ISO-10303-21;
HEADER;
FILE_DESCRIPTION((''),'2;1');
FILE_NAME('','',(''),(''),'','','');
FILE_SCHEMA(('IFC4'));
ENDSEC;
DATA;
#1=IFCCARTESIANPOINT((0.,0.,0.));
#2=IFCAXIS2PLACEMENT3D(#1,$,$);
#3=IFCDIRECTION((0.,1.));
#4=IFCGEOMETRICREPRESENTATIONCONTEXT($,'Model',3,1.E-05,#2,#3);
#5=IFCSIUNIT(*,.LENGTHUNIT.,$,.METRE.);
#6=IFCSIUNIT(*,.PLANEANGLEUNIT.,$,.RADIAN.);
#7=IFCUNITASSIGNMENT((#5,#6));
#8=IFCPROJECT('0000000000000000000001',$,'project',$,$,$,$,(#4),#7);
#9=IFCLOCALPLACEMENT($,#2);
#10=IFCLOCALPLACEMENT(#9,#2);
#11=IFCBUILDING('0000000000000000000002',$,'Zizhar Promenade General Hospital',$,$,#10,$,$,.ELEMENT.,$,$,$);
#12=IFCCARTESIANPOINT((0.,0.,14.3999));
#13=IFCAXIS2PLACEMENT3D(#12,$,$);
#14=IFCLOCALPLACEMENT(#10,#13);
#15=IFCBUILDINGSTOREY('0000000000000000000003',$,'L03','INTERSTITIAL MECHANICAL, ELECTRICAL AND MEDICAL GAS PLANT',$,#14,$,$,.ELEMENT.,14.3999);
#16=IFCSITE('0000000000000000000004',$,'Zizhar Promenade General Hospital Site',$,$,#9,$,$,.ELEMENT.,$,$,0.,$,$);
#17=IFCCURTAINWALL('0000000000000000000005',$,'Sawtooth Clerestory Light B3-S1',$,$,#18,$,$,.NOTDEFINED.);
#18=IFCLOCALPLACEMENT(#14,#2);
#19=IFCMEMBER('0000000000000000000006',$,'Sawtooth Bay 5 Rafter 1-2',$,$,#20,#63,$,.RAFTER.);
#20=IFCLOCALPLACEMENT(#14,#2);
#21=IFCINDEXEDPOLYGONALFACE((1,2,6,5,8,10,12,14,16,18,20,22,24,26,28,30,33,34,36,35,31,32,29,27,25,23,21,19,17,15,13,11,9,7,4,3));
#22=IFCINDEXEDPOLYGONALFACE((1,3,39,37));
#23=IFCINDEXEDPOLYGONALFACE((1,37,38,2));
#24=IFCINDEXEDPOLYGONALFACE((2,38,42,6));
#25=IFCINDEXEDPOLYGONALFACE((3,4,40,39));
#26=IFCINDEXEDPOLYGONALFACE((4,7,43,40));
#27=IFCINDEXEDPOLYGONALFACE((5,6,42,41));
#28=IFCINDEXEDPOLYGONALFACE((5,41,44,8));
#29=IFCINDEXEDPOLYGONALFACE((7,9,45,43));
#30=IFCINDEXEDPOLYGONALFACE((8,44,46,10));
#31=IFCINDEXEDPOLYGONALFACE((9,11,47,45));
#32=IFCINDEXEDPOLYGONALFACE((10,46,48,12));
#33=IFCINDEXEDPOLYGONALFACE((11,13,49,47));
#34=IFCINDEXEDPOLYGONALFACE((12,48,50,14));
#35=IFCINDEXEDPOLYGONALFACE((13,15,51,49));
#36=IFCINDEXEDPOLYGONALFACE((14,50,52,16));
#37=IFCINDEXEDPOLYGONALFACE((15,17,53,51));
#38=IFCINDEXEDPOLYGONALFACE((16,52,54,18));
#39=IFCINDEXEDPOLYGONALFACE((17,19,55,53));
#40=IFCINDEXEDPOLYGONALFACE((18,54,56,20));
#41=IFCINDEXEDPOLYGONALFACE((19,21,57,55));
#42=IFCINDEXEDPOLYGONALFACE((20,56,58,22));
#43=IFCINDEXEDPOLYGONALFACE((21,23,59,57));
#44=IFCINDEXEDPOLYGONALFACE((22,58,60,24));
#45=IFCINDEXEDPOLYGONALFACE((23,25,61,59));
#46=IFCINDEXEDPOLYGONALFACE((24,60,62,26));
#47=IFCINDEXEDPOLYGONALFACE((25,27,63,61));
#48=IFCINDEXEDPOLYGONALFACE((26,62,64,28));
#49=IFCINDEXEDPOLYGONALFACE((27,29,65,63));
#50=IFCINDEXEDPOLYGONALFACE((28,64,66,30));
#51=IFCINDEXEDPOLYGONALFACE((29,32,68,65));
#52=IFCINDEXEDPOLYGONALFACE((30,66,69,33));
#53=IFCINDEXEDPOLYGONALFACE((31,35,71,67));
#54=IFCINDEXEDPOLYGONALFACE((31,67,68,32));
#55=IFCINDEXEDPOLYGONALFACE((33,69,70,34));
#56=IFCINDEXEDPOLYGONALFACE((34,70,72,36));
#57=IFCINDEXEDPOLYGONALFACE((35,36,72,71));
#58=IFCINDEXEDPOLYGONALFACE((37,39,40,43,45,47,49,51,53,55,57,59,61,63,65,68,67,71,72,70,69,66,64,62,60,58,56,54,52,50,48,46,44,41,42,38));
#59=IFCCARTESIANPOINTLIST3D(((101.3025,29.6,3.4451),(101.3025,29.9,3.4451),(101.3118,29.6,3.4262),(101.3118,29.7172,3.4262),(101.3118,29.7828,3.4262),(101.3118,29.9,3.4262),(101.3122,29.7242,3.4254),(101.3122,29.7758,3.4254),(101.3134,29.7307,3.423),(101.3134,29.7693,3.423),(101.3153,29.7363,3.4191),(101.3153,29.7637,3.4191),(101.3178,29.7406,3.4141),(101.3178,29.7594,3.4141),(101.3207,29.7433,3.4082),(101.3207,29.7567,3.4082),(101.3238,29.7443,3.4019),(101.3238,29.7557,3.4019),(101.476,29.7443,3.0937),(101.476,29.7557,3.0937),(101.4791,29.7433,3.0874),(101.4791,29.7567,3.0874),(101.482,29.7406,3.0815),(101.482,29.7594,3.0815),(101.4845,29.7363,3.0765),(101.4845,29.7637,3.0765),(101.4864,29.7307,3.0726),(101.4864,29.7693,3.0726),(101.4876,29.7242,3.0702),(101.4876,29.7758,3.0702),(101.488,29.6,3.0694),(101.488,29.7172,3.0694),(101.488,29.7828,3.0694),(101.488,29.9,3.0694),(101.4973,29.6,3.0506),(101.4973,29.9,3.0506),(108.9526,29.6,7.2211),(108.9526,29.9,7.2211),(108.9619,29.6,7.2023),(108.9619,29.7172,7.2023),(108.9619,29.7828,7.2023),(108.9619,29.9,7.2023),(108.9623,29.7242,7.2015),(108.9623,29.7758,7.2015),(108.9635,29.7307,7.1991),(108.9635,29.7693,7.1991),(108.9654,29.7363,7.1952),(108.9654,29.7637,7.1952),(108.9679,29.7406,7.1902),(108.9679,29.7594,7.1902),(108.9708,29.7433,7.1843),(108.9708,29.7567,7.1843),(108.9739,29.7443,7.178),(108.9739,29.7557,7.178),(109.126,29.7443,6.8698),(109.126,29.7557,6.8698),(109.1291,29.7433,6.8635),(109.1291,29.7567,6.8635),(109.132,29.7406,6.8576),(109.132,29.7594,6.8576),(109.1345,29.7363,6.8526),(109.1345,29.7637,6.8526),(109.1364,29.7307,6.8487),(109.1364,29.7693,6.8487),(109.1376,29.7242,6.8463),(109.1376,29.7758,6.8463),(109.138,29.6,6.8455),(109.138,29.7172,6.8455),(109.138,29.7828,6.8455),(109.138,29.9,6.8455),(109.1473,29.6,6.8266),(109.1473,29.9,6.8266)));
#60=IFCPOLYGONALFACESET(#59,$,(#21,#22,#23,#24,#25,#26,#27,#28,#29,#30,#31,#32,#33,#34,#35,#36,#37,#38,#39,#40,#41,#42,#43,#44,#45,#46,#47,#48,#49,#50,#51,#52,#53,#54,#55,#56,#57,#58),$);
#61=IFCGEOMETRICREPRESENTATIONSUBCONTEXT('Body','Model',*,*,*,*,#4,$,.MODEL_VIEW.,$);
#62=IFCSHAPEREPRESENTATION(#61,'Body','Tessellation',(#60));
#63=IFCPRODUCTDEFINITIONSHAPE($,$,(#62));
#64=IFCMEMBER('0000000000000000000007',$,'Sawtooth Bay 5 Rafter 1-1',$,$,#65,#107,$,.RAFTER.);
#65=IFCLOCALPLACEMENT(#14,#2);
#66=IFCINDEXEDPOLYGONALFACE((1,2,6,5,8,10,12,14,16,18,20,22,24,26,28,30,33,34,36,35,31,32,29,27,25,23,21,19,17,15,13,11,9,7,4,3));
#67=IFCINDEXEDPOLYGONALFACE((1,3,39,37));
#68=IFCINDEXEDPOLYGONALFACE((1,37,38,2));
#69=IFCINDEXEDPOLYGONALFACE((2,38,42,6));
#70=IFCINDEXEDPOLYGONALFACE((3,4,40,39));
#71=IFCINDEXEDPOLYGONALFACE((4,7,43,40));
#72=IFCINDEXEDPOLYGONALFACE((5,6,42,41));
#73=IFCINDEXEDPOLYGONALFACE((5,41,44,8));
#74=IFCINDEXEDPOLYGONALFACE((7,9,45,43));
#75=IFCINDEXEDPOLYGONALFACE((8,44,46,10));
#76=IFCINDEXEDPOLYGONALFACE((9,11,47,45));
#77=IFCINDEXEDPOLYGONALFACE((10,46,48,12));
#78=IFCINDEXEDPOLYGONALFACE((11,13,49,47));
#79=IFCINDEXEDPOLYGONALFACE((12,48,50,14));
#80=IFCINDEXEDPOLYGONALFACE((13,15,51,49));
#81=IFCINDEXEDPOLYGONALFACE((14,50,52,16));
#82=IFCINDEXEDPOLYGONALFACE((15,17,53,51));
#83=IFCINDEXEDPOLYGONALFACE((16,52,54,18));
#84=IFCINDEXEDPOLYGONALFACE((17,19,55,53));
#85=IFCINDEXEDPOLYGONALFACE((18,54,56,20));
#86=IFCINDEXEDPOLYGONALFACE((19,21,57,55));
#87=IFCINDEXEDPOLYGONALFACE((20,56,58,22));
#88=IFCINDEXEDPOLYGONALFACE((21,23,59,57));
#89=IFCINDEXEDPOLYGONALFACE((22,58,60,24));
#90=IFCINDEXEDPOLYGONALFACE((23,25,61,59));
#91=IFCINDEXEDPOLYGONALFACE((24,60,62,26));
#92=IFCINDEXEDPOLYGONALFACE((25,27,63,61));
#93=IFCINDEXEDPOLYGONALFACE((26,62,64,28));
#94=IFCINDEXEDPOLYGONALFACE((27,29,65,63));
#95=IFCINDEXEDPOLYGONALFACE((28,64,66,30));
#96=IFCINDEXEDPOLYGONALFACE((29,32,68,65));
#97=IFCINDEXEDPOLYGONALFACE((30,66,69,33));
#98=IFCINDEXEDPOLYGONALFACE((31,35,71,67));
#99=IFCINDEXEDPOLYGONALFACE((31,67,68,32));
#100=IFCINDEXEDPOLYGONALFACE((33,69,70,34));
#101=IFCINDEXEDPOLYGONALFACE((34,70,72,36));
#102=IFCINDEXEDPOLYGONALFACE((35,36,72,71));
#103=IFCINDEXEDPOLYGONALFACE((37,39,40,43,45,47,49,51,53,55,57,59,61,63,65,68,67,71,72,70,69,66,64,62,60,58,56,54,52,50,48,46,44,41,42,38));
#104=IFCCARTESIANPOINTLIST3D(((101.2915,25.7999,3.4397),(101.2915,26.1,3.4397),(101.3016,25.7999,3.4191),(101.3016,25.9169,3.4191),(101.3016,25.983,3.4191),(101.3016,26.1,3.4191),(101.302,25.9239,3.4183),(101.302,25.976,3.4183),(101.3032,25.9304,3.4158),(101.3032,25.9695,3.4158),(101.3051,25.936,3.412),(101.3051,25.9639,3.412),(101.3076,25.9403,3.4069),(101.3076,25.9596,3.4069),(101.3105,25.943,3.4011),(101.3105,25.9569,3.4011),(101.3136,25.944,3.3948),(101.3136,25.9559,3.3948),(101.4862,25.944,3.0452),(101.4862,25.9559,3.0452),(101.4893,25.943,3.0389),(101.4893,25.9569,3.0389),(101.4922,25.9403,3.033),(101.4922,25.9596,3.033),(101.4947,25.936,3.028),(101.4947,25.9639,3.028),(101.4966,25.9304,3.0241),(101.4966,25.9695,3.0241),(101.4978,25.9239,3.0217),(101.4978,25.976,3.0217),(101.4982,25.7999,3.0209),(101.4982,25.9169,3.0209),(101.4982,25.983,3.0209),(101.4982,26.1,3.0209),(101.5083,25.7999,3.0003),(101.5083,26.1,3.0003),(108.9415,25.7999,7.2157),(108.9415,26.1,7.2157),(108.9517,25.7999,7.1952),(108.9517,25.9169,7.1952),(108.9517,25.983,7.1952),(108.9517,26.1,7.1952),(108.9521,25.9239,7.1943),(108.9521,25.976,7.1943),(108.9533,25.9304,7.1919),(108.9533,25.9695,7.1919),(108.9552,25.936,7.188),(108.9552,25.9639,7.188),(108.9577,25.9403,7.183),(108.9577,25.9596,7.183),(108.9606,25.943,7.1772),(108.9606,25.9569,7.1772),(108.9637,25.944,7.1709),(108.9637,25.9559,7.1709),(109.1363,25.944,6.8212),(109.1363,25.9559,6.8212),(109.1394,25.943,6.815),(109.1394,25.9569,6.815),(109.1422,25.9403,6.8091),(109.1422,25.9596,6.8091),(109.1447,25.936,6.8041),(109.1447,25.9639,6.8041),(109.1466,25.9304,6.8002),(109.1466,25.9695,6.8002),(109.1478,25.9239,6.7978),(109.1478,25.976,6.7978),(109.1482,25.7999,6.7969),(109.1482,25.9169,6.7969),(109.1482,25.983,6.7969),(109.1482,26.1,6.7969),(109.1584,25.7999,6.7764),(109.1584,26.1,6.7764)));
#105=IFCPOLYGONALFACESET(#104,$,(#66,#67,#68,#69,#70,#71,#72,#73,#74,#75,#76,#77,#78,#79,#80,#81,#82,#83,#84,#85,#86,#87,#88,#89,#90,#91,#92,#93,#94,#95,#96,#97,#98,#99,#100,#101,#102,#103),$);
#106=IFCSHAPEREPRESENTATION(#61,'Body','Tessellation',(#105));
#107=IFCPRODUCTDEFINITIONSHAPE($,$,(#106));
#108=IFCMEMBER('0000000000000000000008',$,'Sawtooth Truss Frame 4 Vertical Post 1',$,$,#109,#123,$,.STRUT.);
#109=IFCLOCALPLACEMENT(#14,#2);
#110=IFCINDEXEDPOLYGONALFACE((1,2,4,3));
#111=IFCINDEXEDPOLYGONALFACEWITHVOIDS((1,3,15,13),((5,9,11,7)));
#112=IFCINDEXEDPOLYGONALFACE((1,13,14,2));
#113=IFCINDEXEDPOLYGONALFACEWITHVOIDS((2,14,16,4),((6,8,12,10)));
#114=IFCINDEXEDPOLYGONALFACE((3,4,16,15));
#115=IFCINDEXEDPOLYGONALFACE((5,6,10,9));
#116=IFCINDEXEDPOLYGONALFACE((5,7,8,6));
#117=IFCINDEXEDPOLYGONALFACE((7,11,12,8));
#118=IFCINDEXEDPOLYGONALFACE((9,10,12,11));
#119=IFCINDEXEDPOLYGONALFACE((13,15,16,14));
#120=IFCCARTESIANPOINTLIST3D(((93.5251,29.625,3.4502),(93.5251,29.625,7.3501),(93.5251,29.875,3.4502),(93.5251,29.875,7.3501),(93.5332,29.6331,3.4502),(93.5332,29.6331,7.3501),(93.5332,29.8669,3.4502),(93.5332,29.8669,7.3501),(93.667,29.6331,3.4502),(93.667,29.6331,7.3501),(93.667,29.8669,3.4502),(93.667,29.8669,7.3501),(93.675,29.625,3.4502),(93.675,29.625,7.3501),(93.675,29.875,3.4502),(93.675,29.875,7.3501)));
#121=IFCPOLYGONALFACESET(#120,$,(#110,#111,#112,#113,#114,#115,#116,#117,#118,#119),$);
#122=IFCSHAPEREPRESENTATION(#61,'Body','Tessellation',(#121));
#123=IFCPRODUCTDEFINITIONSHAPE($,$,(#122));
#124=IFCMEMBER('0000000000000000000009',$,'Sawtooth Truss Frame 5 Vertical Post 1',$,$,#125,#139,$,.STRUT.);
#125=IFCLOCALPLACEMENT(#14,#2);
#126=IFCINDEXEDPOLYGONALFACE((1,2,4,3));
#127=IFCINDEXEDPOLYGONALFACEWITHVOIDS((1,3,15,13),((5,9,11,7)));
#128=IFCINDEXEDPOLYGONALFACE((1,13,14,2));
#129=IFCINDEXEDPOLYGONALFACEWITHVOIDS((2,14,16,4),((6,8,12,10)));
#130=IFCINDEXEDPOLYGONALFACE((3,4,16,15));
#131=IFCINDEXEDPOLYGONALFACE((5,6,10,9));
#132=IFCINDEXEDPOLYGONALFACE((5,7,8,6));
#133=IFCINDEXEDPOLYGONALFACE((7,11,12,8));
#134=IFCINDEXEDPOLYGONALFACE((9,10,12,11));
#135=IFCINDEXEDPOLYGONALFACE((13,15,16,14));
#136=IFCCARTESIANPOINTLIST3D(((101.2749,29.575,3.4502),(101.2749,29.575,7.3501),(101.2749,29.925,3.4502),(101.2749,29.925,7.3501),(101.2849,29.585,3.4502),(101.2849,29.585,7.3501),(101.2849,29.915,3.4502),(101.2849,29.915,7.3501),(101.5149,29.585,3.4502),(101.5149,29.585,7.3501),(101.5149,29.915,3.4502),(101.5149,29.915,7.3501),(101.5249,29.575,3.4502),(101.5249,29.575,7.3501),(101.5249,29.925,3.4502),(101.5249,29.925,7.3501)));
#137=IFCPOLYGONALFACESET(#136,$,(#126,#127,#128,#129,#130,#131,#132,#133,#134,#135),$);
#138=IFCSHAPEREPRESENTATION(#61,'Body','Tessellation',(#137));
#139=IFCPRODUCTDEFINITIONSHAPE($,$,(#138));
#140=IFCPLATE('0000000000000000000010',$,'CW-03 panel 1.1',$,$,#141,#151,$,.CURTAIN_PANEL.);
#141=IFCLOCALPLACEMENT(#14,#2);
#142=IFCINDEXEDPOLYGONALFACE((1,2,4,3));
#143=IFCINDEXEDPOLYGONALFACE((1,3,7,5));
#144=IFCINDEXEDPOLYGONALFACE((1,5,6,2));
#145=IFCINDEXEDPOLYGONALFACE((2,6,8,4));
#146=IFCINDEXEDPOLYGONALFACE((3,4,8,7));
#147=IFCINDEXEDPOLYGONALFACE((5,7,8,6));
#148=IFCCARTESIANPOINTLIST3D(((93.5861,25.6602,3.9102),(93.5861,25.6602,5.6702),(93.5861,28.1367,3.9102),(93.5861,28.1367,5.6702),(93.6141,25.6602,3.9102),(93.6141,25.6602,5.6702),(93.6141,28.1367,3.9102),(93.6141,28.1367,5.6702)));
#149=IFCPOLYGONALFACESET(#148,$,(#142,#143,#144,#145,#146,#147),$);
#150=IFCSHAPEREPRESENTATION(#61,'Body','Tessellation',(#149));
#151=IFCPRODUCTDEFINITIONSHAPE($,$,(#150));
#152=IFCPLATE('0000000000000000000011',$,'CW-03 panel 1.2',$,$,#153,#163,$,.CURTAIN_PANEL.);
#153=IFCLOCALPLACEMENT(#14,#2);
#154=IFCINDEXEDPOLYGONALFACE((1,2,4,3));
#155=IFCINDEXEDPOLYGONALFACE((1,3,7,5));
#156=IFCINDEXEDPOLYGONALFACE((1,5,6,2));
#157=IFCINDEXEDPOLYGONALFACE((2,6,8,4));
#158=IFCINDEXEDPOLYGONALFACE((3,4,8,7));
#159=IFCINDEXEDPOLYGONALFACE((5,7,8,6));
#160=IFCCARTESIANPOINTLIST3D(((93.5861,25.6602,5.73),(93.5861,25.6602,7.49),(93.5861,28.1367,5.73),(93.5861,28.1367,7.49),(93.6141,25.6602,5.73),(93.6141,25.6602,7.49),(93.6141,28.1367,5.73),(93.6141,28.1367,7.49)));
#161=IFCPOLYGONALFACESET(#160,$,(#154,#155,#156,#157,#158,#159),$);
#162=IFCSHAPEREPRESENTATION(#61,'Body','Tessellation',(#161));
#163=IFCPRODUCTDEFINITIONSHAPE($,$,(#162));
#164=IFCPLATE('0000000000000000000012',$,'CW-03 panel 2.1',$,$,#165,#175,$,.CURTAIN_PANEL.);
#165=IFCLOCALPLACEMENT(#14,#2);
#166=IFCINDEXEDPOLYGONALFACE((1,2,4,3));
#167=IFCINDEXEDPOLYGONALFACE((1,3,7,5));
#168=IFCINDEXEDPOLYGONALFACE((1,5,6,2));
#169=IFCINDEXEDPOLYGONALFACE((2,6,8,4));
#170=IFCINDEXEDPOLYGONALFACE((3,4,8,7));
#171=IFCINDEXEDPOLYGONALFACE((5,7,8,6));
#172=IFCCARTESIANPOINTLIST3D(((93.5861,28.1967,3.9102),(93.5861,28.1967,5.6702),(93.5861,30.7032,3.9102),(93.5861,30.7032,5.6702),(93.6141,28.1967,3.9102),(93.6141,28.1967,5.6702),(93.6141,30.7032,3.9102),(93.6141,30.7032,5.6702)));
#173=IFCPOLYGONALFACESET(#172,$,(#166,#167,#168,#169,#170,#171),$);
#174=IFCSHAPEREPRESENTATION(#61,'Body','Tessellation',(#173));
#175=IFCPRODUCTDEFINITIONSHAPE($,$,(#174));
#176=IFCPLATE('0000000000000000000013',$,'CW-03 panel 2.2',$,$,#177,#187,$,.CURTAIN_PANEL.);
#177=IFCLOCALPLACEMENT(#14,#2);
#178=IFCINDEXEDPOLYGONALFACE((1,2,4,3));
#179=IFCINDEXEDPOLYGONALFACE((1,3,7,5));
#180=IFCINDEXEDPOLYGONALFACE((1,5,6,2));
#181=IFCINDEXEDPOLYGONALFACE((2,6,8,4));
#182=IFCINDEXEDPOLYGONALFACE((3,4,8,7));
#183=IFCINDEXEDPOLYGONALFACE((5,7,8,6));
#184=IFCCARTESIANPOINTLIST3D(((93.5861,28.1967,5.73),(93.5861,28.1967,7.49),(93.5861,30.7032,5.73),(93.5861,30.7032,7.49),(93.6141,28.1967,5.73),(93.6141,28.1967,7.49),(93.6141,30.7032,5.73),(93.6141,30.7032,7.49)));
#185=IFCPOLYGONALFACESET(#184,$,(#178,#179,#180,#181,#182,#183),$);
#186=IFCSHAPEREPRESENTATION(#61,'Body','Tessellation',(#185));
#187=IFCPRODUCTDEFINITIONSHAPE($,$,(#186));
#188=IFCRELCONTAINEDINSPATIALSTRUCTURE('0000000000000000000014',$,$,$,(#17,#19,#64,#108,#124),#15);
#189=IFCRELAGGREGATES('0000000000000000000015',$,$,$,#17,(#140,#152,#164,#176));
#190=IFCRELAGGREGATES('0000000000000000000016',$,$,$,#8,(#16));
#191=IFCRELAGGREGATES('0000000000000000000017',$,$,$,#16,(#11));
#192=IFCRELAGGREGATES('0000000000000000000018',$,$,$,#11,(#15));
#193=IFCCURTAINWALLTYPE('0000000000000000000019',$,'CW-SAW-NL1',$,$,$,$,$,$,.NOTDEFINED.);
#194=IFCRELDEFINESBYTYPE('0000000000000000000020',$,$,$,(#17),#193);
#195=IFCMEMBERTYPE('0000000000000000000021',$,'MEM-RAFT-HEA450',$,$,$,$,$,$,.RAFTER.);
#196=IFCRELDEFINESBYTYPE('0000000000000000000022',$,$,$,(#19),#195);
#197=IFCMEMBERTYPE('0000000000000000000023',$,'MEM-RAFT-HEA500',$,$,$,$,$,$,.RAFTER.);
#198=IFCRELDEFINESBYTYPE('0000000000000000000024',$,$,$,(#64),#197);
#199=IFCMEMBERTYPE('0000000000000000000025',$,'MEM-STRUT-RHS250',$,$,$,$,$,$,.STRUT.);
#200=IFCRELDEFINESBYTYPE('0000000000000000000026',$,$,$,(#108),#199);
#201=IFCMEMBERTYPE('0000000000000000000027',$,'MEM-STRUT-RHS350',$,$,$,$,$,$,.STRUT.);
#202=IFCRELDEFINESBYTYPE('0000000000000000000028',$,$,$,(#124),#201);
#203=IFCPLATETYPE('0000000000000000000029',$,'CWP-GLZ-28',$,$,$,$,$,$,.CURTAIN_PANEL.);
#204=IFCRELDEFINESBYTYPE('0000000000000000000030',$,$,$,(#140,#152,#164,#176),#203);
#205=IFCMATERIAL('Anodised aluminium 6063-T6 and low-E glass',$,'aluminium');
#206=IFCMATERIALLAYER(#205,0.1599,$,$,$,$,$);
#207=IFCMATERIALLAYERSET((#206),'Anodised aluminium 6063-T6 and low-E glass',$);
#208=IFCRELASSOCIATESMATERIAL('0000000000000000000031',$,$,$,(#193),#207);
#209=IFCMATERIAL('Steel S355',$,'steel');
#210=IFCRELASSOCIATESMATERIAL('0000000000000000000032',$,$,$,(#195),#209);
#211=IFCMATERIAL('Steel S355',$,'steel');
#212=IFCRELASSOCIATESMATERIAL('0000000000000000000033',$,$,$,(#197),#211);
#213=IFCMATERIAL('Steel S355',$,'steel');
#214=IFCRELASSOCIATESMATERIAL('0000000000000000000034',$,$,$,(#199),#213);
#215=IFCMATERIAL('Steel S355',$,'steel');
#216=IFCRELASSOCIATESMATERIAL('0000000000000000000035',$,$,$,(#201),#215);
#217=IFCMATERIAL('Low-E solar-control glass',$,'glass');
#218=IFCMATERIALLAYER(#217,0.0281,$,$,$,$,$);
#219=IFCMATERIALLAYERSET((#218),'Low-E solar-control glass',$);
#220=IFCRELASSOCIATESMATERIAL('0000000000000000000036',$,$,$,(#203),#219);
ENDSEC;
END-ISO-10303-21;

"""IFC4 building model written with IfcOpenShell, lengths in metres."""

from ifc_helpers import new_model, si_unit, direction, frame, origin, origin_2d, place, context, subcontext, project, spatial, rectangle, hollow_rectangle, i_section, extrude, material, layer, layer_set, material_profile, profile_set, type_object, element, aggregate, save


model = new_model("IFC4")

# Units and contexts
model_context = context("Model", 3, precision=1e-05, world=origin(), true_north=direction((0.0, 1.0)))
body_context = subcontext(model_context, "Body", "Model", "MODEL_VIEW")
ifc_project = project(units=[si_unit("LENGTHUNIT", "METRE"), si_unit("PLANEANGLEUNIT", "RADIAN")], contexts=[model_context])

# Site, building, storey
site_placement = place(None, origin())
site = spatial("IfcSite", under=ifc_project, at=site_placement, Name="Zizhar Promenade General Hospital Site", CompositionType="ELEMENT", RefElevation=0.0)
building_placement = place(site_placement, origin())
building = spatial("IfcBuilding", under=site, at=building_placement, Name="Zizhar Promenade General Hospital", CompositionType="ELEMENT")
storey_placement = place(building_placement, frame((0.0, 0.0, 14.3999)))
storey = spatial("IfcBuildingStorey", under=building, at=storey_placement, Name="L03", Description="INTERSTITIAL MECHANICAL, ELECTRICAL AND MEDICAL GAS PLANT", CompositionType="ELEMENT", Elevation=14.3999)

# Curtain wall
ifc_material_1 = material(Name="Anodised aluminium 6063-T6 and low-E glass", Category="aluminium")
ifc_layer_1 = layer(ifc_material_1, 0.1599)
ifc_layer_set_1 = layer_set([ifc_layer_1], Name="Anodised aluminium 6063-T6 and low-E glass")
curtain_wall_type = type_object("IfcCurtainWallType", Name="CW-SAW-NL1", PredefinedType="NOTDEFINED", material=ifc_layer_set_1)
curtain_wall_1_placement = place(storey_placement, origin())
curtain_wall_1 = element("IfcCurtainWall", 1, at=curtain_wall_1_placement, inside=storey, type_object=curtain_wall_type, Name="Sawtooth Clerestory Light B3-S1", PredefinedType="NOTDEFINED")

# Members
ifc_material_2 = material(Name="Steel S355", Category="steel")
ifc_material_profile_1 = material_profile(ifc_material_2, i_section(OverallWidth=0.3, OverallDepth=0.4399, WebThickness=0.0115, FlangeThickness=0.021, FilletRadius=0.0271, at=origin_2d()))
ifc_profile_set_1 = profile_set([ifc_material_profile_1], Name="Steel S355")
member_type_1 = type_object("IfcMemberType", Name="MEM-RAFT-HEA450", PredefinedType="RAFTER", material=ifc_profile_set_1)
member_1_placement = place(storey_placement, frame((101.3999, 29.75, 3.2478), z_axis=(0.89671, 0.0, 0.442618), x_axis=(0.0, 1.0, 0.0)))
element("IfcMember", 2, at=member_1_placement, inside=storey, type_object=member_type_1, Name="Sawtooth Bay 5 Rafter 1-2", PredefinedType="RAFTER", context=body_context, shape_type="SweptSolid", body=[
    extrude(i_section(OverallWidth=0.3, OverallDepth=0.4399, WebThickness=0.0115, FlangeThickness=0.021, FilletRadius=0.0271, at=origin_2d()), origin(), (0.0, 0.0, 1.0), 8.5312),
])
ifc_material_3 = material(Name="Steel S355", Category="steel")
ifc_material_profile_2 = material_profile(ifc_material_3, i_section(OverallWidth=0.3, OverallDepth=0.49, WebThickness=0.012, FlangeThickness=0.0229, FilletRadius=0.0271, at=origin_2d()))
ifc_profile_set_2 = profile_set([ifc_material_profile_2], Name="Steel S355")
member_type_2 = type_object("IfcMemberType", Name="MEM-RAFT-HEA500", PredefinedType="RAFTER", material=ifc_profile_set_2)
member_2_placement = place(storey_placement, frame((101.3999, 25.95, 3.22), z_axis=(0.89671, 0.0, 0.442618), x_axis=(0.0, 1.0, 0.0)))
element("IfcMember", 3, at=member_2_placement, inside=storey, type_object=member_type_2, Name="Sawtooth Bay 5 Rafter 1-1", PredefinedType="RAFTER", context=body_context, shape_type="SweptSolid", body=[
    extrude(i_section(OverallWidth=0.3, OverallDepth=0.49, WebThickness=0.012, FlangeThickness=0.0229, FilletRadius=0.0271, at=origin_2d()), origin(), (0.0, 0.0, 1.0), 8.5312),
])
ifc_material_4 = material(Name="Steel S355", Category="steel")
ifc_material_profile_3 = material_profile(ifc_material_4, hollow_rectangle(XDim=0.1499, YDim=0.25, WallThickness=0.0081, at=origin_2d()))
ifc_profile_set_3 = profile_set([ifc_material_profile_3], Name="Steel S355")
member_type_3 = type_object("IfcMemberType", Name="MEM-STRUT-RHS250", PredefinedType="STRUT", material=ifc_profile_set_3)
member_3_placement = place(storey_placement, frame((93.6001, 29.75, 3.4502), z_axis=(0.0, 0.0, 1.0), x_axis=(1.0, 0.0, 0.0)))
element("IfcMember", 4, at=member_3_placement, inside=storey, type_object=member_type_3, Name="Sawtooth Truss Frame 4 Vertical Post 1", PredefinedType="STRUT", context=body_context, shape_type="SweptSolid", body=[
    extrude(hollow_rectangle(XDim=0.1499, YDim=0.25, WallThickness=0.0081, at=origin_2d()), origin(), (0.0, 0.0, 1.0), 3.8999),
])
ifc_material_5 = material(Name="Steel S355", Category="steel")
ifc_material_profile_4 = material_profile(ifc_material_5, hollow_rectangle(XDim=0.25, YDim=0.3501, WallThickness=0.01, at=origin_2d()))
ifc_profile_set_4 = profile_set([ifc_material_profile_4], Name="Steel S355")
member_type_4 = type_object("IfcMemberType", Name="MEM-STRUT-RHS350", PredefinedType="STRUT", material=ifc_profile_set_4)
member_4_placement = place(storey_placement, frame((101.3999, 29.75, 3.4502), z_axis=(0.0, 0.0, 1.0), x_axis=(1.0, 0.0, 0.0)))
element("IfcMember", 5, at=member_4_placement, inside=storey, type_object=member_type_4, Name="Sawtooth Truss Frame 5 Vertical Post 1", PredefinedType="STRUT", context=body_context, shape_type="SweptSolid", body=[
    extrude(hollow_rectangle(XDim=0.25, YDim=0.3501, WallThickness=0.01, at=origin_2d()), origin(), (0.0, 0.0, 1.0), 3.8999),
])

# Plates
ifc_material_6 = material(Name="Low-E solar-control glass", Category="glass")
ifc_layer_2 = layer(ifc_material_6, 0.0281)
ifc_layer_set_2 = layer_set([ifc_layer_2], Name="Low-E solar-control glass")
plate_type = type_object("IfcPlateType", Name="CWP-GLZ-28", PredefinedType="CURTAIN_PANEL", material=ifc_layer_set_2)
plate_1_placement = place(storey_placement, frame((93.6001, 26.8984, 3.9102), z_axis=(0.0, 0.0, 1.0), x_axis=(0.0, 1.0, 0.0)))
plate_1 = element("IfcPlate", 6, at=plate_1_placement, type_object=plate_type, Name="CW-03 panel 1.1", PredefinedType="CURTAIN_PANEL", context=body_context, shape_type="SweptSolid", body=[
    extrude(rectangle(XDim=2.4766, YDim=0.0281, at=origin_2d()), origin(), (0.0, 0.0, 1.0), 1.76),
])
plate_2_placement = place(storey_placement, frame((93.6001, 26.8984, 5.73), z_axis=(0.0, 0.0, 1.0), x_axis=(0.0, 1.0, 0.0)))
plate_2 = element("IfcPlate", 7, at=plate_2_placement, type_object=plate_type, Name="CW-03 panel 1.2", PredefinedType="CURTAIN_PANEL", context=body_context, shape_type="SweptSolid", body=[
    extrude(rectangle(XDim=2.4766, YDim=0.0281, at=origin_2d()), origin(), (0.0, 0.0, 1.0), 1.76),
])
plate_3_placement = place(storey_placement, frame((93.6001, 29.45, 3.9102), z_axis=(0.0, 0.0, 1.0), x_axis=(0.0, 1.0, 0.0)))
plate_3 = element("IfcPlate", 8, at=plate_3_placement, type_object=plate_type, Name="CW-03 panel 2.1", PredefinedType="CURTAIN_PANEL", context=body_context, shape_type="SweptSolid", body=[
    extrude(rectangle(XDim=2.5066, YDim=0.0281, at=origin_2d()), origin(), (0.0, 0.0, 1.0), 1.76),
])
plate_4_placement = place(storey_placement, frame((93.6001, 29.45, 5.73), z_axis=(0.0, 0.0, 1.0), x_axis=(0.0, 1.0, 0.0)))
plate_4 = element("IfcPlate", 9, at=plate_4_placement, type_object=plate_type, Name="CW-03 panel 2.2", PredefinedType="CURTAIN_PANEL", context=body_context, shape_type="SweptSolid", body=[
    extrude(rectangle(XDim=2.5066, YDim=0.0281, at=origin_2d()), origin(), (0.0, 0.0, 1.0), 1.76),
])
aggregate(curtain_wall_1, [plate_1, plate_2, plate_3, plate_4])

save(model, "model.ifc")
